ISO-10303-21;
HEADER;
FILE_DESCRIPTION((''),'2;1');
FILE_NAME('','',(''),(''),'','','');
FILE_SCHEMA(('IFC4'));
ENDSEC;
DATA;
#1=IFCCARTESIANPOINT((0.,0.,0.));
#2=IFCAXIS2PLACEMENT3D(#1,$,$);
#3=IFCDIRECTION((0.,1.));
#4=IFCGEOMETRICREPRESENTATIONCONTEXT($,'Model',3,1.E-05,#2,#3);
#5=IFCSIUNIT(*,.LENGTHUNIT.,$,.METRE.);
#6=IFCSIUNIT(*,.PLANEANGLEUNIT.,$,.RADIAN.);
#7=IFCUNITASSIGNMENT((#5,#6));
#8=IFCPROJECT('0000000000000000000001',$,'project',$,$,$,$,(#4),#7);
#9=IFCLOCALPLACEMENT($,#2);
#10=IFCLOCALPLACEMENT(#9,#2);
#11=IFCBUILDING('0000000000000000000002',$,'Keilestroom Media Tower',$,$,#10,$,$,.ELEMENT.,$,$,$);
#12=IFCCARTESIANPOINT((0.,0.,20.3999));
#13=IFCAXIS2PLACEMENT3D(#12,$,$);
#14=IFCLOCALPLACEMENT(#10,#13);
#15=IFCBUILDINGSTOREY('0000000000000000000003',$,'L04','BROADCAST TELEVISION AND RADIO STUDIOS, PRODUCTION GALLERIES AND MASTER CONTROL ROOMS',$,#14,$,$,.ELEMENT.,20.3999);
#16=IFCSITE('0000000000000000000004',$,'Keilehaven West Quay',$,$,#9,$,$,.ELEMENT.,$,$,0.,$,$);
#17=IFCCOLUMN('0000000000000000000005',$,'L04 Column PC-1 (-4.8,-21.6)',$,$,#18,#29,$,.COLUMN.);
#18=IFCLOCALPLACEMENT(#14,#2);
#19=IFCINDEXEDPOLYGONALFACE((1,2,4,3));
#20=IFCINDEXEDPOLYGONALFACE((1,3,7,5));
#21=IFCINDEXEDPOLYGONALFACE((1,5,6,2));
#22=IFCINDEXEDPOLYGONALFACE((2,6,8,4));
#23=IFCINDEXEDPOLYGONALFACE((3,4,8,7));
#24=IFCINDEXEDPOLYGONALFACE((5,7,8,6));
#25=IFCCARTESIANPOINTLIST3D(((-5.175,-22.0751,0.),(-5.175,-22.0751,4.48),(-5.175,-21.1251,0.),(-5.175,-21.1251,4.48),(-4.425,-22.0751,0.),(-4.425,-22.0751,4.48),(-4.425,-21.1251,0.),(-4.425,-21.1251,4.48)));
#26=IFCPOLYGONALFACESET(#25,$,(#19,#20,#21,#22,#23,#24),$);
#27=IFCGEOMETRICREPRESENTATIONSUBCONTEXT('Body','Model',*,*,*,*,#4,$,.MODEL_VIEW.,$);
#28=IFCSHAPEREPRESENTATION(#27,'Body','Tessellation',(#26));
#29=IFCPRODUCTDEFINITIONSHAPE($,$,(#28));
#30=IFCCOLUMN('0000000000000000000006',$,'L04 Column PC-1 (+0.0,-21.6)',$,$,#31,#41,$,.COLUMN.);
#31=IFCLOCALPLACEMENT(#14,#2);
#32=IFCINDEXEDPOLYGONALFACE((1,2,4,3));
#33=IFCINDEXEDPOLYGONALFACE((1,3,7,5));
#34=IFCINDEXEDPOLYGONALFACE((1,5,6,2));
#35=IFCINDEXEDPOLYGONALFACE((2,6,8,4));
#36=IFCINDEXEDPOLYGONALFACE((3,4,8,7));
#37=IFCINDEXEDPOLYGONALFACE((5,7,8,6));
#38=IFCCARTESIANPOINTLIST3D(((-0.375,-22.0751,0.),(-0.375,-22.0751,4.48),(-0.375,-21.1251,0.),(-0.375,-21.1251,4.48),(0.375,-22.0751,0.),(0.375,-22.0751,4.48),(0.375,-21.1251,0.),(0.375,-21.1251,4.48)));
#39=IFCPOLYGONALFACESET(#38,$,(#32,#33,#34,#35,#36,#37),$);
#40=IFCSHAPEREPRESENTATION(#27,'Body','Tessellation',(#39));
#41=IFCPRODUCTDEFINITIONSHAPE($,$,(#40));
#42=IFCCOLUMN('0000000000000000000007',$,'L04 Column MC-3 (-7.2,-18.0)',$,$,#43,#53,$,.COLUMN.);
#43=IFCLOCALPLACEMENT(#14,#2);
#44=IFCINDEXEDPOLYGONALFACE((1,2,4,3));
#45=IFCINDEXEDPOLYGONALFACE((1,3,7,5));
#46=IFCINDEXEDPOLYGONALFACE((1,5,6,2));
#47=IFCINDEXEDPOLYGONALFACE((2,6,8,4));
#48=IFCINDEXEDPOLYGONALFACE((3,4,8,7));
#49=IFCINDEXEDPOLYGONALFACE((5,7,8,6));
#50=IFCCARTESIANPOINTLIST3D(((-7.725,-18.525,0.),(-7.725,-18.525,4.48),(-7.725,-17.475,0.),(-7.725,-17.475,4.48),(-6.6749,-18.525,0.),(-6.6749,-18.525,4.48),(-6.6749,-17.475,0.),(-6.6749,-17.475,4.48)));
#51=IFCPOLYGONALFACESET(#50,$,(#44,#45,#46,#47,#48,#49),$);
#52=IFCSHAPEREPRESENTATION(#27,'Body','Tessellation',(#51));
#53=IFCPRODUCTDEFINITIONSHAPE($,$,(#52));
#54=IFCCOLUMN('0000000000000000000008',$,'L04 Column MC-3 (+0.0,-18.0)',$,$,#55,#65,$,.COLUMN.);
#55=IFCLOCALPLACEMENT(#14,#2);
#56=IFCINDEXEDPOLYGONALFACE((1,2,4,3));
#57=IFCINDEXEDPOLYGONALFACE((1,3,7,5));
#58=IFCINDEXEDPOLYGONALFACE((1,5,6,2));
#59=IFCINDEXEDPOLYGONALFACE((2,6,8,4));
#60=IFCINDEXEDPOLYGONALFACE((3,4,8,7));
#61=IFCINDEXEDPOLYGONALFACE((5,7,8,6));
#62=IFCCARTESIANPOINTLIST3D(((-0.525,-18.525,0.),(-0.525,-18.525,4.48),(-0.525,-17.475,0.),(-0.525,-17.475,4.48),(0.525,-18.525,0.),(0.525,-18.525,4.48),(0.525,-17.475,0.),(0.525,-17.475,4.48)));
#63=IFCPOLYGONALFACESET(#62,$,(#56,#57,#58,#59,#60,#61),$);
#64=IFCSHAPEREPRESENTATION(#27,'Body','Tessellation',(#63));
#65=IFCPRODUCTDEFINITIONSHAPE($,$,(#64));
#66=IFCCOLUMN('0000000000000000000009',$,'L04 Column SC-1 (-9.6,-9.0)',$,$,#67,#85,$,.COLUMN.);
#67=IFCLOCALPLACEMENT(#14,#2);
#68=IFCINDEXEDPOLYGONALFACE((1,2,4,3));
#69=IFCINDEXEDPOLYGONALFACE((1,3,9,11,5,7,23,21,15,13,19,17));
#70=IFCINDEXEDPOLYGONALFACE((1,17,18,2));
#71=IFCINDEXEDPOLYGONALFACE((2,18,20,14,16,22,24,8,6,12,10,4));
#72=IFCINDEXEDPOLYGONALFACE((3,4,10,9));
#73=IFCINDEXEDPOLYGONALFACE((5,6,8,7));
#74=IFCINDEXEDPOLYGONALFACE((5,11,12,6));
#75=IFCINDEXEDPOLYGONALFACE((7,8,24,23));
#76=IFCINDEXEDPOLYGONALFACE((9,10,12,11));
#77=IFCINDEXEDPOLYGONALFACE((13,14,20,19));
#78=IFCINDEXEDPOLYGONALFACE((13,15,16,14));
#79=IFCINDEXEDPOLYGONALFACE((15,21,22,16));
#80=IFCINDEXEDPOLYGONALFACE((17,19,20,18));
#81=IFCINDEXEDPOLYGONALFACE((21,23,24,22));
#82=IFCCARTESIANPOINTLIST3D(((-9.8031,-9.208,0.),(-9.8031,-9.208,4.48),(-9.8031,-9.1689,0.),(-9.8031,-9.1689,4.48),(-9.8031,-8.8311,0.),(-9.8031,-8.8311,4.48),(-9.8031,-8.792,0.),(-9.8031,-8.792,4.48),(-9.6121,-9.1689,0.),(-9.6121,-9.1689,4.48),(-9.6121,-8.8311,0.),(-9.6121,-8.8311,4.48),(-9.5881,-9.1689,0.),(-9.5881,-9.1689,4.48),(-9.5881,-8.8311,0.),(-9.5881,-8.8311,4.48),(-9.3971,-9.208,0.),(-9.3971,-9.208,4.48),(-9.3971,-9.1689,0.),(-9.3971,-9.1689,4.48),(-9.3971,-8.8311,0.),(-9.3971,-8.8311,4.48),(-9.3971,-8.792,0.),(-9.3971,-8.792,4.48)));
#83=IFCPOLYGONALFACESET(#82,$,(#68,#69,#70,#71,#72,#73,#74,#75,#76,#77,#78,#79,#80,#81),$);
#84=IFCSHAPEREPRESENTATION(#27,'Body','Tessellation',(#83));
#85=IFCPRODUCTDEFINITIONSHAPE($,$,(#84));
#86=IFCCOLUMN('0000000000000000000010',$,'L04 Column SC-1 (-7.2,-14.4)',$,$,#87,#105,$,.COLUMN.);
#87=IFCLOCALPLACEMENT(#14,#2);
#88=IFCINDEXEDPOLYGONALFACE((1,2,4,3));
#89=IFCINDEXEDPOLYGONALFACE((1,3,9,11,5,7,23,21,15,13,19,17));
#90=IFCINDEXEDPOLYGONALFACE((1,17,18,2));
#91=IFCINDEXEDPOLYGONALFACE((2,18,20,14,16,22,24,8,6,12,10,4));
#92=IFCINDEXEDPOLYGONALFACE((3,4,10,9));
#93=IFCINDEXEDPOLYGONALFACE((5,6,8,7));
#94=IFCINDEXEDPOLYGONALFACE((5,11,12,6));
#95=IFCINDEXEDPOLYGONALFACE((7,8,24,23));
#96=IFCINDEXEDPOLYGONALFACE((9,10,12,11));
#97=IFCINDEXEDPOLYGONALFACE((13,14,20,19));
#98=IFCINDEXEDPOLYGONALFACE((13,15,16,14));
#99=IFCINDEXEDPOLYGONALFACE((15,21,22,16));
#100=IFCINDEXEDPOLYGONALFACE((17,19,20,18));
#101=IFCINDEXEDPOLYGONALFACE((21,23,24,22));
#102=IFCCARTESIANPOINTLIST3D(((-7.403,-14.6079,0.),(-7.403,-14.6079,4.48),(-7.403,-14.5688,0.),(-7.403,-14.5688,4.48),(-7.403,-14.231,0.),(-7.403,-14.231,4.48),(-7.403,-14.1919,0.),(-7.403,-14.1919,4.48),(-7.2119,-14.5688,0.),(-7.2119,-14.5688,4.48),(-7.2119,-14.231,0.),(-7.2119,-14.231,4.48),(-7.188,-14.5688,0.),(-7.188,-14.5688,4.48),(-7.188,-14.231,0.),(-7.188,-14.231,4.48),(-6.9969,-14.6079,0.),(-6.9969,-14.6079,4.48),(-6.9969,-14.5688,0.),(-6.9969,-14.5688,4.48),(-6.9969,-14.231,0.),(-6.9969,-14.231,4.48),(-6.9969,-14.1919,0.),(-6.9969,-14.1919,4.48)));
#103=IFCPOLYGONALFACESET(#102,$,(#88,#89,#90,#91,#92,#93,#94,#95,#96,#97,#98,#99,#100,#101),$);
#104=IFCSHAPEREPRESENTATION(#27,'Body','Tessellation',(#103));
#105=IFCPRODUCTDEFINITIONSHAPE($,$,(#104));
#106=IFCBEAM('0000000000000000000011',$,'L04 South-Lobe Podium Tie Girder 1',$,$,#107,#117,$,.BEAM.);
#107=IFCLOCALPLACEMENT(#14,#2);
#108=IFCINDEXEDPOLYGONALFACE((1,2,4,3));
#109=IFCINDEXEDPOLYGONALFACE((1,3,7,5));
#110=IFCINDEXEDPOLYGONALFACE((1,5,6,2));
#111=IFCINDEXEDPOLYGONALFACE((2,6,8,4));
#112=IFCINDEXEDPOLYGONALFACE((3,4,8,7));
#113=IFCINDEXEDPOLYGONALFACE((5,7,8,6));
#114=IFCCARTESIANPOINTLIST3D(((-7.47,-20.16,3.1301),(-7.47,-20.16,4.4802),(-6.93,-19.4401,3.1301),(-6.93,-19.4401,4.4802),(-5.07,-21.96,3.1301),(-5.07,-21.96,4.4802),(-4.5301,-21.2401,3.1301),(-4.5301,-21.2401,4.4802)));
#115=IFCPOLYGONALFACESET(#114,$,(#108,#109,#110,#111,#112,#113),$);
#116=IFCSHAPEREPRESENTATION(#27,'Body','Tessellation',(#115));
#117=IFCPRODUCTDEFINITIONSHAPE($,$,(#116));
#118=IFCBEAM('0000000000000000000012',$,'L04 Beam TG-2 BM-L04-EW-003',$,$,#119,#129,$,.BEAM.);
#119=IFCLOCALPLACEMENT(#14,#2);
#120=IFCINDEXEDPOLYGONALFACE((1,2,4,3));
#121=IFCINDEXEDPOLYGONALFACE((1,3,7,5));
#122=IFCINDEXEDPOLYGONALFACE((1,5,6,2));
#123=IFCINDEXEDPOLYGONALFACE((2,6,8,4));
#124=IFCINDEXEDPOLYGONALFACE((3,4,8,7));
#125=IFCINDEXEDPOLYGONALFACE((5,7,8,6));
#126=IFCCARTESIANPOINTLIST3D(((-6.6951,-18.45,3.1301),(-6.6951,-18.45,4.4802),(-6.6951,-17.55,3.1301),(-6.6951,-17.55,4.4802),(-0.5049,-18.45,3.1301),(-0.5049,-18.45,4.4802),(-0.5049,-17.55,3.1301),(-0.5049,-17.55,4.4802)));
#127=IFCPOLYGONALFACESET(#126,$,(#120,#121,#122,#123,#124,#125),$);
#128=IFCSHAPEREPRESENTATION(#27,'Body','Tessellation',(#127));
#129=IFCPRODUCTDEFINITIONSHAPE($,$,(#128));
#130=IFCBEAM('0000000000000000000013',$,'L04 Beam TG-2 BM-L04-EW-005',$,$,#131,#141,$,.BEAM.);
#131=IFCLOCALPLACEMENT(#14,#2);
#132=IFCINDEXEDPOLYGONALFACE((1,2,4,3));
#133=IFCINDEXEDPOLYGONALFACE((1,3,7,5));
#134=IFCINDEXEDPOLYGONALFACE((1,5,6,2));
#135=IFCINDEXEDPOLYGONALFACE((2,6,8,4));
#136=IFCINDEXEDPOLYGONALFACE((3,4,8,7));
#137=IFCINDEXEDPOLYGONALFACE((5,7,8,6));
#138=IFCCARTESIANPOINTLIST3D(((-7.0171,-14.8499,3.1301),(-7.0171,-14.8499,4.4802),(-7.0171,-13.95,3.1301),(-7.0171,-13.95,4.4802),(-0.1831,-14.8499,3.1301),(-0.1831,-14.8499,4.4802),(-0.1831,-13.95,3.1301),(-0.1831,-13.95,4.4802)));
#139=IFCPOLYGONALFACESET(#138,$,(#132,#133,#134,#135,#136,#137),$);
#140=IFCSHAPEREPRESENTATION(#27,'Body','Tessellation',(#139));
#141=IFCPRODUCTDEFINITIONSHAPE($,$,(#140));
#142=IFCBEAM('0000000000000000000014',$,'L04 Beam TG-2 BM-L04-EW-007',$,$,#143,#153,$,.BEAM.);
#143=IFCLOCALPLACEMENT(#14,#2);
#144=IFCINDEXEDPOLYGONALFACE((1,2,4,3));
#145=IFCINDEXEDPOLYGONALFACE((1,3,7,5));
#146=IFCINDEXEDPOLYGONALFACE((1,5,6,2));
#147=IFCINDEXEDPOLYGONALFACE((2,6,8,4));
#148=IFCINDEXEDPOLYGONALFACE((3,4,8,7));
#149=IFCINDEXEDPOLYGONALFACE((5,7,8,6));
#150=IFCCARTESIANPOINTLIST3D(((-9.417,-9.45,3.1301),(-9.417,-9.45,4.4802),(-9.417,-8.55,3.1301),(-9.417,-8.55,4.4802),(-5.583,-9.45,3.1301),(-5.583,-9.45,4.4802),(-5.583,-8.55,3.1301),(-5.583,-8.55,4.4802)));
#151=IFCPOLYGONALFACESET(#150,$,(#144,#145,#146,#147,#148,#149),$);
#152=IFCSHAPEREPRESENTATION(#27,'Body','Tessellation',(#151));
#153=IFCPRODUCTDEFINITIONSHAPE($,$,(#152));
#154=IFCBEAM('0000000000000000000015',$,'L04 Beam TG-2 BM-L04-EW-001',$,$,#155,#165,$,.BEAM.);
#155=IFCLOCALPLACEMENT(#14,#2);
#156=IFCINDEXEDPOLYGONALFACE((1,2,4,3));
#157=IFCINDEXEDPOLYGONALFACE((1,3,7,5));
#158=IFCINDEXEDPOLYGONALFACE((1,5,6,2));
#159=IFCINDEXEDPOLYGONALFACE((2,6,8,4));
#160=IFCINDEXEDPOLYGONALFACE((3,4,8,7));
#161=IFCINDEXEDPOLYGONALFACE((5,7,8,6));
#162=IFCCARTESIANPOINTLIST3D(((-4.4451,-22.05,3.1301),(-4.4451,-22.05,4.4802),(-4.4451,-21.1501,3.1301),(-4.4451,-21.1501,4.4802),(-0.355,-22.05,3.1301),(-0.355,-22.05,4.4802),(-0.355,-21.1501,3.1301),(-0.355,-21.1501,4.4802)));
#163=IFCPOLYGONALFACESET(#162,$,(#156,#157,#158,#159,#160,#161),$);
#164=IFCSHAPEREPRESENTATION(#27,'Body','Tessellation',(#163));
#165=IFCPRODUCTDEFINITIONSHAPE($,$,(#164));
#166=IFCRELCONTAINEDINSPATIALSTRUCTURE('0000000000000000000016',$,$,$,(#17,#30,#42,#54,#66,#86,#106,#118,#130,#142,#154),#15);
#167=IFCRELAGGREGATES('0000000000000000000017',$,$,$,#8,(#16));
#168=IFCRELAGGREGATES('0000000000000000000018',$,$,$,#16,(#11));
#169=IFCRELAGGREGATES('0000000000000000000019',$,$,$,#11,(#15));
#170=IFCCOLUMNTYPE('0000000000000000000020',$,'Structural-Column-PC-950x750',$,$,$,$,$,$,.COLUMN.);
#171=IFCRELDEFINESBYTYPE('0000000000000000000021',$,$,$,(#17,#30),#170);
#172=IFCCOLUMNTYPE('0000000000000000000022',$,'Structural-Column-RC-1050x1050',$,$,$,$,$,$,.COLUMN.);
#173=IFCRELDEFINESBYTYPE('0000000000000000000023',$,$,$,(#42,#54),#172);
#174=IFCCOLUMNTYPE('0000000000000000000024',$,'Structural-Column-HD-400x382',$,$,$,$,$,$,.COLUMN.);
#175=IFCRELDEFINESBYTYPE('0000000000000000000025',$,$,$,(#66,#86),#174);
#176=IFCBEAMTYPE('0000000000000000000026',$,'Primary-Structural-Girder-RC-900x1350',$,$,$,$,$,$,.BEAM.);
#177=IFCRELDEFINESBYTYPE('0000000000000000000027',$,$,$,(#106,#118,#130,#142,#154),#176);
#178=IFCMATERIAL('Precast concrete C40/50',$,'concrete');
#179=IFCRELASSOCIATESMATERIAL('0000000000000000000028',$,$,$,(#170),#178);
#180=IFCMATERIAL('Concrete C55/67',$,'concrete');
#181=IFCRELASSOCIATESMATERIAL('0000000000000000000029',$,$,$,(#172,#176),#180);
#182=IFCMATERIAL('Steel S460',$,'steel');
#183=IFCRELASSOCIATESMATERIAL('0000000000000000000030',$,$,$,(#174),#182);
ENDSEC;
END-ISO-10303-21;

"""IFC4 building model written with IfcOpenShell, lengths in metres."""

from ifc_helpers import new_model, si_unit, direction, frame, origin, origin_2d, place, context, subcontext, project, spatial, rectangle, i_section, extrude, source, transform, mapped, material, material_profile, profile_set, type_object, element, save


model = new_model("IFC4")

# Units and contexts
model_context = context("Model", 3, precision=1e-05, world=origin(), true_north=direction((0.0, 1.0)))
body_context = subcontext(model_context, "Body", "Model", "MODEL_VIEW")
ifc_project = project(units=[si_unit("LENGTHUNIT", "METRE"), si_unit("PLANEANGLEUNIT", "RADIAN")], contexts=[model_context])

# Site, building, storey
site_placement = place(None, origin())
site = spatial("IfcSite", under=ifc_project, at=site_placement, Name="Keilehaven West Quay", CompositionType="ELEMENT", RefElevation=0.0)
building_placement = place(site_placement, origin())
building = spatial("IfcBuilding", under=site, at=building_placement, Name="Keilestroom Media Tower", CompositionType="ELEMENT")
storey_placement = place(building_placement, frame((0.0, 0.0, 20.3999)))
storey = spatial("IfcBuildingStorey", under=building, at=storey_placement, Name="L04", Description="BROADCAST TELEVISION AND RADIO STUDIOS, PRODUCTION GALLERIES AND MASTER CONTROL ROOMS", CompositionType="ELEMENT", Elevation=20.3999)

# Columns
ifc_material_1 = material(Name="Precast concrete C40/50", Category="concrete")
ifc_material_profile_1 = material_profile(ifc_material_1, rectangle(XDim=0.75, YDim=0.95, at=origin_2d()), Name="PC 950x750")
ifc_profile_set_1 = profile_set([ifc_material_profile_1], Name="Precast concrete C40/50")
column_type_1 = type_object("IfcColumnType", Name="Structural-Column-PC-950x750", PredefinedType="COLUMN", material=ifc_profile_set_1)
shared_shape_1 = source(origin(), body_context, "Body", "SweptSolid", [
    extrude(rectangle(XDim=0.75, YDim=0.95, at=origin_2d()), origin(), (0.0, 0.0, 1.0), 4.48),
])
for number, where, z_axis, x_axis, name in (
    (1, (-4.8, -21.6001, 0.0), (0.0, 0.0, 1.0), (1.0, 0.0, 0.0), "L04 Column PC-1 (-4.8,-21.6)"),
    (2, (0.0, -21.6001, 0.0), (0.0, 0.0, 1.0), (1.0, 0.0, 0.0), "L04 Column PC-1 (+0.0,-21.6)"),
):
    element("IfcColumn", number, at=place(storey_placement, frame(where, z_axis=z_axis, x_axis=x_axis)), inside=storey, type_object=column_type_1, Name=name, PredefinedType="COLUMN", context=body_context, shape_type="MappedRepresentation", body=[
        mapped(shared_shape_1, transform((0.0, 0.0, 0.0), x_axis=(1.0, 0.0, 0.0), y_axis=(0.0, 1.0, 0.0), z_axis=(0.0, 0.0, 1.0), scale=1.0)),
    ])
ifc_material_2 = material(Name="Concrete C55/67", Category="concrete")
ifc_material_profile_2 = material_profile(ifc_material_2, rectangle(XDim=1.05, YDim=1.05, at=origin_2d()), Name="RC 1050x1050")
ifc_profile_set_2 = profile_set([ifc_material_profile_2], Name="Concrete C55/67")
column_type_2 = type_object("IfcColumnType", Name="Structural-Column-RC-1050x1050", PredefinedType="COLUMN", material=ifc_profile_set_2)
shared_shape_2 = source(origin(), body_context, "Body", "SweptSolid", [
    extrude(rectangle(XDim=1.05, YDim=1.05, at=origin_2d()), origin(), (0.0, 0.0, 1.0), 4.48),
])
for number, where, z_axis, x_axis, name in (
    (3, (-7.2, -18.0, 0.0), (0.0, 0.0, 1.0), (1.0, 0.0, 0.0), "L04 Column MC-3 (-7.2,-18.0)"),
    (4, (0.0, -18.0, 0.0), (0.0, 0.0, 1.0), (1.0, 0.0, 0.0), "L04 Column MC-3 (+0.0,-18.0)"),
):
    element("IfcColumn", number, at=place(storey_placement, frame(where, z_axis=z_axis, x_axis=x_axis)), inside=storey, type_object=column_type_2, Name=name, PredefinedType="COLUMN", context=body_context, shape_type="MappedRepresentation", body=[
        mapped(shared_shape_2, transform((0.0, 0.0, 0.0), x_axis=(1.0, 0.0, 0.0), y_axis=(0.0, 1.0, 0.0), z_axis=(0.0, 0.0, 1.0), scale=1.0)),
    ])
ifc_material_3 = material(Name="Steel S460", Category="steel")
ifc_material_profile_3 = material_profile(ifc_material_3, i_section(OverallWidth=0.406, OverallDepth=0.416, WebThickness=0.0239, FlangeThickness=0.0391, at=origin_2d()), Name="HD 400x382")
ifc_profile_set_3 = profile_set([ifc_material_profile_3], Name="Steel S460")
column_type_3 = type_object("IfcColumnType", Name="Structural-Column-HD-400x382", PredefinedType="COLUMN", material=ifc_profile_set_3)
shared_shape_3 = source(origin(), body_context, "Body", "SweptSolid", [
    extrude(i_section(OverallWidth=0.406, OverallDepth=0.416, WebThickness=0.0239, FlangeThickness=0.0391, at=origin_2d()), origin(), (0.0, 0.0, 1.0), 4.48),
])
for number, where, z_axis, x_axis, name in (
    (5, (-9.6001, -9.0, 0.0), (0.0, 0.0, 1.0), (1.0, 0.0, 0.0), "L04 Column SC-1 (-9.6,-9.0)"),
    (6, (-7.2, -14.3999, 0.0), (0.0, 0.0, 1.0), (1.0, 0.0, 0.0), "L04 Column SC-1 (-7.2,-14.4)"),
):
    element("IfcColumn", number, at=place(storey_placement, frame(where, z_axis=z_axis, x_axis=x_axis)), inside=storey, type_object=column_type_3, Name=name, PredefinedType="COLUMN", context=body_context, shape_type="MappedRepresentation", body=[
        mapped(shared_shape_3, transform((0.0, 0.0, 0.0), x_axis=(1.0, 0.0, 0.0), y_axis=(0.0, 1.0, 0.0), z_axis=(0.0, 0.0, 1.0), scale=1.0)),
    ])

# Beams
ifc_material_profile_4 = material_profile(ifc_material_2, rectangle(XDim=0.8999, YDim=1.3501, at=origin_2d()), Name="RC 900x1350")
ifc_profile_set_4 = profile_set([ifc_material_profile_4], Name="Concrete C55/67")
beam_type = type_object("IfcBeamType", Name="Primary-Structural-Girder-RC-900x1350", PredefinedType="BEAM", material=ifc_profile_set_4)
shared_shape_4 = source(origin(), body_context, "Body", "SweptSolid", [
    extrude(rectangle(XDim=0.8999, YDim=1.3501, at=origin_2d()), origin(), (0.0, 0.0, 1.0), 3.0),
])
beam_1_placement = place(storey_placement, frame((-4.8, -21.6001, 3.8052), z_axis=(-0.79998, 0.600026, 0.0), x_axis=(-0.600026, -0.79998, 0.0)))
element("IfcBeam", 7, at=beam_1_placement, inside=storey, type_object=beam_type, Name="L04 South-Lobe Podium Tie Girder 1", PredefinedType="BEAM", context=body_context, shape_type="MappedRepresentation", body=[
    mapped(shared_shape_4, transform((0.0, 0.0, 0.0), x_axis=(1.0, 0.0, 0.0), y_axis=(0.0, 1.0, 0.0), z_axis=(0.0, 0.0, 1.0), scale=1.0)),
])
shared_shape_5 = source(origin(), body_context, "Body", "SweptSolid", [
    extrude(rectangle(XDim=0.8999, YDim=1.3501, at=origin_2d()), origin(), (0.0, 0.0, 1.0), 6.1902),
])
beam_2_placement = place(storey_placement, frame((-6.6951, -18.0, 3.8052), z_axis=(1.0, 0.0, 0.0), x_axis=(0.0, 1.0, 0.0)))
element("IfcBeam", 8, at=beam_2_placement, inside=storey, type_object=beam_type, Name="L04 Beam TG-2 BM-L04-EW-003", PredefinedType="BEAM", context=body_context, shape_type="MappedRepresentation", body=[
    mapped(shared_shape_5, transform((0.0, 0.0, 0.0), x_axis=(1.0, 0.0, 0.0), y_axis=(0.0, 1.0, 0.0), z_axis=(0.0, 0.0, 1.0), scale=1.0)),
])
shared_shape_6 = source(origin(), body_context, "Body", "SweptSolid", [
    extrude(rectangle(XDim=0.8999, YDim=1.3501, at=origin_2d()), origin(), (0.0, 0.0, 1.0), 6.834),
])
beam_3_placement = place(storey_placement, frame((-7.0171, -14.3999, 3.8052), z_axis=(1.0, 0.0, 0.0), x_axis=(0.0, 1.0, 0.0)))
element("IfcBeam", 9, at=beam_3_placement, inside=storey, type_object=beam_type, Name="L04 Beam TG-2 BM-L04-EW-005", PredefinedType="BEAM", context=body_context, shape_type="MappedRepresentation", body=[
    mapped(shared_shape_6, transform((0.0, 0.0, 0.0), x_axis=(1.0, 0.0, 0.0), y_axis=(0.0, 1.0, 0.0), z_axis=(0.0, 0.0, 1.0), scale=1.0)),
])
shared_shape_7 = source(origin(), body_context, "Body", "SweptSolid", [
    extrude(rectangle(XDim=0.8999, YDim=1.3501, at=origin_2d()), origin(), (0.0, 0.0, 1.0), 3.834),
])
beam_4_placement = place(storey_placement, frame((-9.417, -9.0, 3.8052), z_axis=(1.0, 0.0, 0.0), x_axis=(0.0, 1.0, 0.0)))
element("IfcBeam", 10, at=beam_4_placement, inside=storey, type_object=beam_type, Name="L04 Beam TG-2 BM-L04-EW-007", PredefinedType="BEAM", context=body_context, shape_type="MappedRepresentation", body=[
    mapped(shared_shape_7, transform((0.0, 0.0, 0.0), x_axis=(1.0, 0.0, 0.0), y_axis=(0.0, 1.0, 0.0), z_axis=(0.0, 0.0, 1.0), scale=1.0)),
])
shared_shape_8 = source(origin(), body_context, "Body", "SweptSolid", [
    extrude(rectangle(XDim=0.8999, YDim=1.3501, at=origin_2d()), origin(), (0.0, 0.0, 1.0), 4.0901),
])
beam_5_placement = place(storey_placement, frame((-4.4451, -21.6001, 3.8052), z_axis=(1.0, 0.0, 0.0), x_axis=(0.0, 1.0, 0.0)))
element("IfcBeam", 11, at=beam_5_placement, inside=storey, type_object=beam_type, Name="L04 Beam TG-2 BM-L04-EW-001", PredefinedType="BEAM", context=body_context, shape_type="MappedRepresentation", body=[
    mapped(shared_shape_8, transform((0.0, 0.0, 0.0), x_axis=(1.0, 0.0, 0.0), y_axis=(0.0, 1.0, 0.0), z_axis=(0.0, 0.0, 1.0), scale=1.0)),
])

save(model, "model.ifc")
